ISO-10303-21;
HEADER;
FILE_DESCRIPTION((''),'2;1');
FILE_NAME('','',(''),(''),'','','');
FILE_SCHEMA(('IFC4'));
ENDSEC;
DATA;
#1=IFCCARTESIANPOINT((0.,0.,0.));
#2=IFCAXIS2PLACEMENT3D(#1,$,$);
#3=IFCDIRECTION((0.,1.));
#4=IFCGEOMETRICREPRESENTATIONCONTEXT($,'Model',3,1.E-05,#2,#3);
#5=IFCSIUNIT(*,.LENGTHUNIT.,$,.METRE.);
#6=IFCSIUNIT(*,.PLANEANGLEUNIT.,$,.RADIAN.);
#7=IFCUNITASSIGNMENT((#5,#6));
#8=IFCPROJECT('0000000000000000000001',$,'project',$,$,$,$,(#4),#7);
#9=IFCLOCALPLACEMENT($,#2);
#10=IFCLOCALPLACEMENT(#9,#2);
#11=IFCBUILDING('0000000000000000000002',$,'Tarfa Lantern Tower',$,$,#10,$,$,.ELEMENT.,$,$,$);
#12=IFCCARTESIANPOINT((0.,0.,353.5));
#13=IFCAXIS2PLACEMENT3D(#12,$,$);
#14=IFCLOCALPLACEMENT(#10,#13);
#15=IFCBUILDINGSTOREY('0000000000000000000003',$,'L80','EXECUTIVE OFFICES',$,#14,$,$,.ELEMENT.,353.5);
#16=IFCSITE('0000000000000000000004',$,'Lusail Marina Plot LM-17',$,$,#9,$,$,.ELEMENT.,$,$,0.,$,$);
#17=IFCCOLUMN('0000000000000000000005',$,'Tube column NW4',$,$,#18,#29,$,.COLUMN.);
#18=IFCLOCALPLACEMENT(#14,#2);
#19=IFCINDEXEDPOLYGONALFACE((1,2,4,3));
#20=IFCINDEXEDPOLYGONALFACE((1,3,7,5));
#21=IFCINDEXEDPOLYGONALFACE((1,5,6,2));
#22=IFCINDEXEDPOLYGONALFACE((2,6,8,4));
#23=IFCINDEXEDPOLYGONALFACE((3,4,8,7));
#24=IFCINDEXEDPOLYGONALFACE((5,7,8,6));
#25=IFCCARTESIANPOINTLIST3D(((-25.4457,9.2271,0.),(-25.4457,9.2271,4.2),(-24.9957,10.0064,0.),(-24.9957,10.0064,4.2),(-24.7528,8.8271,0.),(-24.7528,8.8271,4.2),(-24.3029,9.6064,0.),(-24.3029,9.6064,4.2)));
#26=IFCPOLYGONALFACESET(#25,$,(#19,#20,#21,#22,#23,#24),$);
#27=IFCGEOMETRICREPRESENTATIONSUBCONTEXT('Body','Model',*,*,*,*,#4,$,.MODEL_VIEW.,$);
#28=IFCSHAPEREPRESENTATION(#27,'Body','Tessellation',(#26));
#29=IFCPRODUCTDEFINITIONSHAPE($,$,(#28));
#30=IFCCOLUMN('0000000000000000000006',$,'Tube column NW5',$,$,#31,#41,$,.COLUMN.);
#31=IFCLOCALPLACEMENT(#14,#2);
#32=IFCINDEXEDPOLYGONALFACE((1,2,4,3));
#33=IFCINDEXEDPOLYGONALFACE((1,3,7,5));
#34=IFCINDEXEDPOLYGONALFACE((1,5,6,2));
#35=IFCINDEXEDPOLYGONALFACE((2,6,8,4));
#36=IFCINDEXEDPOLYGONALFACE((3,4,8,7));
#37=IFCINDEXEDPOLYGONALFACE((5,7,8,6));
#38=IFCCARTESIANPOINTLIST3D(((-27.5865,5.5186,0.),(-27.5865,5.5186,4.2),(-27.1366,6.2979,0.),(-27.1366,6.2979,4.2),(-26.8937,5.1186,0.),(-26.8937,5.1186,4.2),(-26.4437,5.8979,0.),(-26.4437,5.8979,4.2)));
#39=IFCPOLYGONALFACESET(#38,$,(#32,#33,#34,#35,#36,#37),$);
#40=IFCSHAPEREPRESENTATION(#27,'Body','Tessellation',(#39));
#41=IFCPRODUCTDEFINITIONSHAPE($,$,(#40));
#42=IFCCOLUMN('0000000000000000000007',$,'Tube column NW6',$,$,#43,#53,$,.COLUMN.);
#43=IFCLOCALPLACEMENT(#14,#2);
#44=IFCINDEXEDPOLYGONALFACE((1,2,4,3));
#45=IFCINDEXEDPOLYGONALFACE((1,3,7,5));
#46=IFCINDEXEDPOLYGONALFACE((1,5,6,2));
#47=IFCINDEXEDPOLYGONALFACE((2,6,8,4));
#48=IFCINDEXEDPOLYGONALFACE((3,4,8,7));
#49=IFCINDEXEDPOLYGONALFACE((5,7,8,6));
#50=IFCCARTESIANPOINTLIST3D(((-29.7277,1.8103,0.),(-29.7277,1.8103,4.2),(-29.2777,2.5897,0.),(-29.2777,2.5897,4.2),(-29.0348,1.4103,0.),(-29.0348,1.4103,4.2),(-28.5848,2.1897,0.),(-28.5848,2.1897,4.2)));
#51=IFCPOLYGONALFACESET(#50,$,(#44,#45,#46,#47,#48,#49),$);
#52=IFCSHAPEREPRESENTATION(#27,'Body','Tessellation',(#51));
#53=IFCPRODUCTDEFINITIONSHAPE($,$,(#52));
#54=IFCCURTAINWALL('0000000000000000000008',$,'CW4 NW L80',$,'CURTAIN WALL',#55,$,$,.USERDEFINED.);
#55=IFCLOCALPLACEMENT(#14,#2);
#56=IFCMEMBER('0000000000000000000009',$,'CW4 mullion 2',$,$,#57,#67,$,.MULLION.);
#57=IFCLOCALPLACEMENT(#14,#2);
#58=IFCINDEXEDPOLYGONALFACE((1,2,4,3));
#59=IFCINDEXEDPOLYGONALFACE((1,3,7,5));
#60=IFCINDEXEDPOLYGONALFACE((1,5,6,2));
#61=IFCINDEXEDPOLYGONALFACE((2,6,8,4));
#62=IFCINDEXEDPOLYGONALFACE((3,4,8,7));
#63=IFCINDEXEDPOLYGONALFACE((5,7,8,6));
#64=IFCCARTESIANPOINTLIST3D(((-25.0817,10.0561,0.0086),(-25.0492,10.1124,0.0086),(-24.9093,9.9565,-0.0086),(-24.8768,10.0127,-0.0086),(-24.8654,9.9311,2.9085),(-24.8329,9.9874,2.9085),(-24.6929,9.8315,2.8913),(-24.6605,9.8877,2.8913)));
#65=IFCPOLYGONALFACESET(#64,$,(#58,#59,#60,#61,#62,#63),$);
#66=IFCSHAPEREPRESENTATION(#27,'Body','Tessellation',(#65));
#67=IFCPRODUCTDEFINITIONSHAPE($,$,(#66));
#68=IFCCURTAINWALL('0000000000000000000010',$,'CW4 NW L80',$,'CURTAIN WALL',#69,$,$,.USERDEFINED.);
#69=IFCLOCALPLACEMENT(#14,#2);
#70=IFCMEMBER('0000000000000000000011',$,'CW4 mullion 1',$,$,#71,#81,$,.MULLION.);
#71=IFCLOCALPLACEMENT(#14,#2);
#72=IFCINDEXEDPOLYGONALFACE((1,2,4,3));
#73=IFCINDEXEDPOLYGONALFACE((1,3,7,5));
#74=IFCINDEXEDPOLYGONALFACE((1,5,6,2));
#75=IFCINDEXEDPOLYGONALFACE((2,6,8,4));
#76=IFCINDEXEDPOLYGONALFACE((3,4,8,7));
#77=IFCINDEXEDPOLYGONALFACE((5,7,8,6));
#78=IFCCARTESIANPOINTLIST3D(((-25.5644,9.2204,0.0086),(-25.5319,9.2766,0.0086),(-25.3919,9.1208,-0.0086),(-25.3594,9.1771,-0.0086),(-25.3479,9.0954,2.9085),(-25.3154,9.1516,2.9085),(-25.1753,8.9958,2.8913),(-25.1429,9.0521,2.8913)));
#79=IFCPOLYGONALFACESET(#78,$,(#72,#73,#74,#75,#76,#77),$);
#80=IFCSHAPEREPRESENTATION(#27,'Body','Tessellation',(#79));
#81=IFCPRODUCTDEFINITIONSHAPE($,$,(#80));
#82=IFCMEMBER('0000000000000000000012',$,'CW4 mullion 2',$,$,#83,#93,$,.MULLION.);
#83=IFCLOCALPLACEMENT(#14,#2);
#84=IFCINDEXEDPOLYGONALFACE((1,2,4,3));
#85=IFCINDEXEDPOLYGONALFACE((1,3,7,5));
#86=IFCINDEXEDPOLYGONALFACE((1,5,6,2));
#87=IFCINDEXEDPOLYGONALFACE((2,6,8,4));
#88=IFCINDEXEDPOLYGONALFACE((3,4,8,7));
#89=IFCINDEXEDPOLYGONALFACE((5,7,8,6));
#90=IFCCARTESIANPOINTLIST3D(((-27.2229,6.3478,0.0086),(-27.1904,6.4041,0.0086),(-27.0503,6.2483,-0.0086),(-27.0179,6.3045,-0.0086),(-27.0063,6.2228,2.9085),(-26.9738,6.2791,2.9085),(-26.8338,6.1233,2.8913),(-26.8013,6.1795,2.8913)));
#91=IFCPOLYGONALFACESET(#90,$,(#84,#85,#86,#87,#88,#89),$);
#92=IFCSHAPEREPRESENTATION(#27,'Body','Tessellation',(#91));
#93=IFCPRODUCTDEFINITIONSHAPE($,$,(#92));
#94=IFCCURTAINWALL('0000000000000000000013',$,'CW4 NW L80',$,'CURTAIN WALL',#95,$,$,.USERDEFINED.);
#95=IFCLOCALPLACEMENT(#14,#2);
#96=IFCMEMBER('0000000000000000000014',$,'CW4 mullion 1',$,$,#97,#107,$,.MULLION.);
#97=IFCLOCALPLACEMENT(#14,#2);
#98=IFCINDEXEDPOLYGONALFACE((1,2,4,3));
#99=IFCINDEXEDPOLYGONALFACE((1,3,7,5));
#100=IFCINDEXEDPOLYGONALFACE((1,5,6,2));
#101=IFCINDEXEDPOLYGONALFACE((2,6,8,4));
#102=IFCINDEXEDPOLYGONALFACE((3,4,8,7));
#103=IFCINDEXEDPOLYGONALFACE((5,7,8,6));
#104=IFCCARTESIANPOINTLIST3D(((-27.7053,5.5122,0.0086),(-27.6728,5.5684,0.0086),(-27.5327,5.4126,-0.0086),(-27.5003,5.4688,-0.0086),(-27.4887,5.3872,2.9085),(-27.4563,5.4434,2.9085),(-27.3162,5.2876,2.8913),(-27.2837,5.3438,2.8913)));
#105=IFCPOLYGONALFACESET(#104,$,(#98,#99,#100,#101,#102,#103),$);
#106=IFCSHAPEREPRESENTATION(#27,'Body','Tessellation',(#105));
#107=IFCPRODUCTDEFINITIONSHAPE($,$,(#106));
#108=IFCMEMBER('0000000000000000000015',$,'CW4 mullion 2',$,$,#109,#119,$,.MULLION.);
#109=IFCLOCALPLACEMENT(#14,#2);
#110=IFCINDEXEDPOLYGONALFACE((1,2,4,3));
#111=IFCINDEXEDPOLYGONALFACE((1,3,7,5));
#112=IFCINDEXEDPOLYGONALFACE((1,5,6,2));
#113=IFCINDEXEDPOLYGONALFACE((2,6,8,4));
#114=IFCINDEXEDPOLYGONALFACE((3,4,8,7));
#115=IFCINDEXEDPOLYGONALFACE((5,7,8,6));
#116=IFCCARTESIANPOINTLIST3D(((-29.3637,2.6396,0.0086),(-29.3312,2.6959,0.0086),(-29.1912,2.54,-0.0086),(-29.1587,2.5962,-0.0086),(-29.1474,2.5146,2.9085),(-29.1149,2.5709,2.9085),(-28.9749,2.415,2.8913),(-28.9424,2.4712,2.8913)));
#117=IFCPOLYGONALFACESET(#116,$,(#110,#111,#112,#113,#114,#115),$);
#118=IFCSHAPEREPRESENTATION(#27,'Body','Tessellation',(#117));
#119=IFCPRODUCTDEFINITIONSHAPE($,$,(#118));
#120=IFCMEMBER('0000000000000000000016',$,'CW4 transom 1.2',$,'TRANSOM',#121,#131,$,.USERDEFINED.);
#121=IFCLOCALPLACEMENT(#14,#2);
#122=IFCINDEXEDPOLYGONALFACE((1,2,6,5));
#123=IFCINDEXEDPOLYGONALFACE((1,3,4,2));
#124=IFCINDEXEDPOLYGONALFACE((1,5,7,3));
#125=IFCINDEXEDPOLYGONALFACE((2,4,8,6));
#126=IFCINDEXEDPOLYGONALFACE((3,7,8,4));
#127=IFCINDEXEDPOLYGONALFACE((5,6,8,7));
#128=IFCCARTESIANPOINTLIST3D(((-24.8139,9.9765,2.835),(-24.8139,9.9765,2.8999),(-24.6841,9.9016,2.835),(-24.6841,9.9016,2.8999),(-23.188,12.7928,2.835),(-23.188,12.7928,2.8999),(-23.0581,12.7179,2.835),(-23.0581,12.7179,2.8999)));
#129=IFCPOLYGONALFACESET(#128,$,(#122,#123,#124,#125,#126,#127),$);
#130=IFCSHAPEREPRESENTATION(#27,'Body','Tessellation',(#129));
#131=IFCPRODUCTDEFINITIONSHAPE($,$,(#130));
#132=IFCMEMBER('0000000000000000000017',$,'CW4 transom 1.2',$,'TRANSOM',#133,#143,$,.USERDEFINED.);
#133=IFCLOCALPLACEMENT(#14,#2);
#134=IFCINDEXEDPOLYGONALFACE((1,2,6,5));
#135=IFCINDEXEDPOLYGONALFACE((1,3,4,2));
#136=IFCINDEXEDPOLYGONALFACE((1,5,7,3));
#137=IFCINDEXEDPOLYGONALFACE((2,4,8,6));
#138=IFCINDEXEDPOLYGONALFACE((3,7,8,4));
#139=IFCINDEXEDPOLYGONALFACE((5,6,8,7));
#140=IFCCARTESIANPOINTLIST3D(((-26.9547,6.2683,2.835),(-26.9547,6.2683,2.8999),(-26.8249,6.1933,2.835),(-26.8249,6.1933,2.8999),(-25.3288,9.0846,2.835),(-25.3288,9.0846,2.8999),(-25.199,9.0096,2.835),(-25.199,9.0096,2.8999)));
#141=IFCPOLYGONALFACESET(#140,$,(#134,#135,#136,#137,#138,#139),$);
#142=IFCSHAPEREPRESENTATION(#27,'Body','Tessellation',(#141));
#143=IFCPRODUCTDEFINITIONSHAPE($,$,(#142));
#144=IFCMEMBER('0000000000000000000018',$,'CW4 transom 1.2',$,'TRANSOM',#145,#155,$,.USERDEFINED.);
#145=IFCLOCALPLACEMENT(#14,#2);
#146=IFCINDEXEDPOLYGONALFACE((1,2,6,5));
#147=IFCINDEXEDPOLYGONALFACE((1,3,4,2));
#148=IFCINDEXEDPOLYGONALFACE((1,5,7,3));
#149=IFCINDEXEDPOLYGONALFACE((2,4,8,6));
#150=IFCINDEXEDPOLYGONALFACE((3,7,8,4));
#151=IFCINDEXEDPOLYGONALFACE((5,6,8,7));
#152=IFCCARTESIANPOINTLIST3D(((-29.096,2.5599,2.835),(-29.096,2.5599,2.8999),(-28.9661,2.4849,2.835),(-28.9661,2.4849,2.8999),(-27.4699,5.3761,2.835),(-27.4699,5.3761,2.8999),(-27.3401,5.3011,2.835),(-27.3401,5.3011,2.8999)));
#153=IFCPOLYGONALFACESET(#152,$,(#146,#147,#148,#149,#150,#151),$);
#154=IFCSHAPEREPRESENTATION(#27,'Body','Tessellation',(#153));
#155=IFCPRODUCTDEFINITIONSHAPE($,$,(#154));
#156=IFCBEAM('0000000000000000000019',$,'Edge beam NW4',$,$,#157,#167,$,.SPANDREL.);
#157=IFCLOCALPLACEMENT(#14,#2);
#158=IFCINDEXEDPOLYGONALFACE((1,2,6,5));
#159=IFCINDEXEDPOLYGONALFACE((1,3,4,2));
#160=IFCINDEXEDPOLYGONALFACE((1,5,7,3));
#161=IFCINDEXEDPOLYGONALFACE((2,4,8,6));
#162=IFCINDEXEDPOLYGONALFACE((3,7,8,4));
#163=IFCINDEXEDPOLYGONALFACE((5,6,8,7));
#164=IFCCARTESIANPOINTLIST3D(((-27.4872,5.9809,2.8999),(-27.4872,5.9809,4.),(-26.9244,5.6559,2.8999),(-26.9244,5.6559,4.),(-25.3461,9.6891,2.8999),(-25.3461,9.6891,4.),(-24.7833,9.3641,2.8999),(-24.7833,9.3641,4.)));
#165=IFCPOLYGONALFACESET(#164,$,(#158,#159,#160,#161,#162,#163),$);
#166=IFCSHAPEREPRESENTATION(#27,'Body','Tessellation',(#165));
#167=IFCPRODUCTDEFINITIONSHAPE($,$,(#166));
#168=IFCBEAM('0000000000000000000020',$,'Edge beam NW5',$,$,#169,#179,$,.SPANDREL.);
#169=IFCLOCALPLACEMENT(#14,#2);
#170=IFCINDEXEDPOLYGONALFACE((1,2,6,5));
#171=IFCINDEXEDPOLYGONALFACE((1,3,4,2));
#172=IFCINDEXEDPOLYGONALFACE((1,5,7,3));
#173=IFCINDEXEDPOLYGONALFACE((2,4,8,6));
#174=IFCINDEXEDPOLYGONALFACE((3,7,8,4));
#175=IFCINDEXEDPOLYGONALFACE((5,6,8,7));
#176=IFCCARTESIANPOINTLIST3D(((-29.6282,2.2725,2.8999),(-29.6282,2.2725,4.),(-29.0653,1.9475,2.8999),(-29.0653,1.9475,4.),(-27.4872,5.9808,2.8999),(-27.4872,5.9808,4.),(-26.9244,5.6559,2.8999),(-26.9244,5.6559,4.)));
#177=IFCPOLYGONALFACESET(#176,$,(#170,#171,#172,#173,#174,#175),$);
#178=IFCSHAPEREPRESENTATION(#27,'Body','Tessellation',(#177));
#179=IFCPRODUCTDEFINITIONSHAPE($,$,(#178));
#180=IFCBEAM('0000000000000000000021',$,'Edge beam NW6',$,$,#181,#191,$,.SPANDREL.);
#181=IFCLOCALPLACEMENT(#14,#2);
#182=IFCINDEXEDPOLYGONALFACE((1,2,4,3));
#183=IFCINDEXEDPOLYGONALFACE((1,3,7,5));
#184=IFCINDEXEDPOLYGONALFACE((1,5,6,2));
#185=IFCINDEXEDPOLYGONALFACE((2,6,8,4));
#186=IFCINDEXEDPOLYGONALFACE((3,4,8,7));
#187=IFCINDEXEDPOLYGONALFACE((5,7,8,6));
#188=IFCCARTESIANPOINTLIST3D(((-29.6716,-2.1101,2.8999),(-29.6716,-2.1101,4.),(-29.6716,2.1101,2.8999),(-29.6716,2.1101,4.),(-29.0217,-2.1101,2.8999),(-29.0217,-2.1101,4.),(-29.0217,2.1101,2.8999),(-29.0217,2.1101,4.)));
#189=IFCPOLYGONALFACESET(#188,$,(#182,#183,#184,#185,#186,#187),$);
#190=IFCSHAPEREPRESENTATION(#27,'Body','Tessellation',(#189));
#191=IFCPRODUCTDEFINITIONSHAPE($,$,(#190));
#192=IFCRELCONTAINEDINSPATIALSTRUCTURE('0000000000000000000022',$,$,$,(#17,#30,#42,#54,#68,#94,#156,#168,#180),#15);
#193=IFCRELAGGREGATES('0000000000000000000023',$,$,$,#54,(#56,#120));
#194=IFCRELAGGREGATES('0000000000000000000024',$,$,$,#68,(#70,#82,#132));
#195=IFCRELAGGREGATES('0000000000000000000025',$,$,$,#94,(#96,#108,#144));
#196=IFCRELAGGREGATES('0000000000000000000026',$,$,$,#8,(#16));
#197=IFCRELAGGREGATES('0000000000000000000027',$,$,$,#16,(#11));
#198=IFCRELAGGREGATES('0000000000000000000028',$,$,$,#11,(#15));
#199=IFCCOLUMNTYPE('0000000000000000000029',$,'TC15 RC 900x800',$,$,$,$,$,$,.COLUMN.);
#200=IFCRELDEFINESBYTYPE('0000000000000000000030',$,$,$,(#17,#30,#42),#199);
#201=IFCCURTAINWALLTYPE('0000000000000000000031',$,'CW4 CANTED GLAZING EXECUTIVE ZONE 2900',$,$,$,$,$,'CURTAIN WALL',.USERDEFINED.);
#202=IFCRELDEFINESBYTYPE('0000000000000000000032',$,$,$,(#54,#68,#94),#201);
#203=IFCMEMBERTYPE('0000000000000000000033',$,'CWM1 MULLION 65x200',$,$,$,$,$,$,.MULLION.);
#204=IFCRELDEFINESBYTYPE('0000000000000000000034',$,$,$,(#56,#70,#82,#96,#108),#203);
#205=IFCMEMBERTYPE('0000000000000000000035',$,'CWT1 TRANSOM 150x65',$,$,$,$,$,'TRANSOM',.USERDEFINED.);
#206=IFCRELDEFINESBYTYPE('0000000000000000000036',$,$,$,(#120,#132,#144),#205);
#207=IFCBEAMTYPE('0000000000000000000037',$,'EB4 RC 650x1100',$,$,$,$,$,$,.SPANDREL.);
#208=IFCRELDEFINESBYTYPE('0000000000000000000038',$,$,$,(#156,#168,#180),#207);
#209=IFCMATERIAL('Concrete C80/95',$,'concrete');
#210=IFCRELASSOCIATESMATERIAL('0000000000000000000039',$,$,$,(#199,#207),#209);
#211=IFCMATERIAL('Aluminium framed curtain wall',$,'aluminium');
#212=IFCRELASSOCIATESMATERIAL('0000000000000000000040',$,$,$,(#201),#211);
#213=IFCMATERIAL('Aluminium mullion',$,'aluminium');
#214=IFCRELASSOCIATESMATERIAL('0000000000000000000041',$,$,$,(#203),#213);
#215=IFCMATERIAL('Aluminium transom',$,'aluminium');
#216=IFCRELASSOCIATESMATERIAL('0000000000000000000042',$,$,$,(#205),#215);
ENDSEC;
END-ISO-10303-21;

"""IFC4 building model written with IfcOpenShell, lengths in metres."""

from ifc_helpers import new_model, si_unit, direction, frame, origin, origin_2d, place, context, subcontext, project, spatial, rectangle, extrude, material, material_profile, profile_set, type_object, element, aggregate, save


model = new_model("IFC4")

# Units and contexts
model_context = context("Model", 3, precision=1e-05, world=origin(), true_north=direction((0.0, 1.0)))
body_context = subcontext(model_context, "Body", "Model", "MODEL_VIEW")
ifc_project = project(units=[si_unit("LENGTHUNIT", "METRE"), si_unit("PLANEANGLEUNIT", "RADIAN")], contexts=[model_context])

# Site, building, storey
site_placement = place(None, origin())
site = spatial("IfcSite", under=ifc_project, at=site_placement, Name="Lusail Marina Plot LM-17", CompositionType="ELEMENT", RefElevation=0.0)
building_placement = place(site_placement, origin())
building = spatial("IfcBuilding", under=site, at=building_placement, Name="Tarfa Lantern Tower", CompositionType="ELEMENT")
storey_placement = place(building_placement, frame((0.0, 0.0, 353.5)))
storey = spatial("IfcBuildingStorey", under=building, at=storey_placement, Name="L80", Description="EXECUTIVE OFFICES", CompositionType="ELEMENT", Elevation=353.5)

# Columns
ifc_material_1 = material(Name="Concrete C80/95", Category="concrete")
ifc_material_profile_1 = material_profile(ifc_material_1, rectangle(XDim=0.8999, YDim=0.8, at=origin_2d()), Name="RC 900x800")
ifc_profile_set_1 = profile_set([ifc_material_profile_1], Name="Concrete C80/95")
column_type = type_object("IfcColumnType", Name="TC15 RC 900x800", PredefinedType="COLUMN", material=ifc_profile_set_1)
for number, where, z_axis, x_axis, name in (
    (1, (-24.8743, 9.4167, 0.0), (0.0, 0.0, 1.0), (-0.5, -0.866025, 0.0), "Tube column NW4"),
    (2, (-27.0151, 5.7083, 0.0), (0.0, 0.0, 1.0), (-0.5, -0.866025, 0.0), "Tube column NW5"),
    (3, (-29.1562, 2.0, 0.0), (0.0, 0.0, 1.0), (-0.5, -0.866025, 0.0), "Tube column NW6"),
):
    element("IfcColumn", number, at=place(storey_placement, frame(where, z_axis=z_axis, x_axis=x_axis)), inside=storey, type_object=column_type, Name=name, PredefinedType="COLUMN", context=body_context, shape_type="SweptSolid", body=[
        extrude(rectangle(XDim=0.8999, YDim=0.8, at=origin_2d()), origin(), (0.0, 0.0, 1.0), 4.2),
    ])

# Curtain wall, member
ifc_material_2 = material(Name="Aluminium framed curtain wall", Category="aluminium")
curtain_wall_type = type_object("IfcCurtainWallType", Name="CW4 CANTED GLAZING EXECUTIVE ZONE 2900", ElementType="CURTAIN WALL", PredefinedType="USERDEFINED", material=ifc_material_2)
curtain_wall_1_placement = place(storey_placement, origin())
curtain_wall_1 = element("IfcCurtainWall", 4, at=curtain_wall_1_placement, inside=storey, type_object=curtain_wall_type, Name="CW4 NW L80", ObjectType="CURTAIN WALL", PredefinedType="USERDEFINED")
ifc_material_3 = material(Name="Aluminium mullion", Category="aluminium")
ifc_material_profile_2 = material_profile(ifc_material_3, rectangle(XDim=0.0649, YDim=0.2, at=origin_2d()), Name="AL MULLION 65x200")
ifc_profile_set_2 = profile_set([ifc_material_profile_2], Name="Aluminium mullion")
member_type_1 = type_object("IfcMemberType", Name="CWM1 MULLION 65x200", PredefinedType="MULLION", material=ifc_profile_set_2)
member_1_placement = place(storey_placement, frame((-24.9792, 10.0344, 0.0), z_axis=(0.074316, -0.042946, 0.99631), x_axis=(0.500343, 0.865827, 0.0)))
member_1 = element("IfcMember", 5, at=member_1_placement, type_object=member_type_1, Name="CW4 mullion 2", PredefinedType="MULLION", context=body_context, shape_type="SweptSolid", body=[
    extrude(rectangle(XDim=0.0649, YDim=0.2, at=origin_2d()), origin(), (0.0, 0.0, 1.0), 2.9106),
])

# Curtain walls, members
curtain_wall_2_placement = place(storey_placement, origin())
curtain_wall_2 = element("IfcCurtainWall", 6, at=curtain_wall_2_placement, inside=storey, type_object=curtain_wall_type, Name="CW4 NW L80", ObjectType="CURTAIN WALL", PredefinedType="USERDEFINED")
member_2_placement = place(storey_placement, frame((-25.4619, 9.1987, 0.0), z_axis=(0.0744, -0.042946, 0.996303), x_axis=(0.49992, 0.866072, 0.0)))
member_2 = element("IfcMember", 7, at=member_2_placement, type_object=member_type_1, Name="CW4 mullion 1", PredefinedType="MULLION", context=body_context, shape_type="SweptSolid", body=[
    extrude(rectangle(XDim=0.0649, YDim=0.2, at=origin_2d()), origin(), (0.0, 0.0, 1.0), 2.9106),
])
member_3_placement = place(storey_placement, frame((-27.1204, 6.3262, 0.0), z_axis=(0.0744, -0.042946, 0.996303), x_axis=(0.49992, 0.866072, 0.0)))
member_3 = element("IfcMember", 8, at=member_3_placement, type_object=member_type_1, Name="CW4 mullion 2", PredefinedType="MULLION", context=body_context, shape_type="SweptSolid", body=[
    extrude(rectangle(XDim=0.0649, YDim=0.2, at=origin_2d()), origin(), (0.0, 0.0, 1.0), 2.9106),
])
curtain_wall_3_placement = place(storey_placement, origin())
curtain_wall_3 = element("IfcCurtainWall", 9, at=curtain_wall_3_placement, inside=storey, type_object=curtain_wall_type, Name="CW4 NW L80", ObjectType="CURTAIN WALL", PredefinedType="USERDEFINED")
member_4_placement = place(storey_placement, frame((-27.6028, 5.4905, 0.0), z_axis=(0.0744, -0.042946, 0.996303), x_axis=(0.49992, 0.866072, 0.0)))
member_4 = element("IfcMember", 10, at=member_4_placement, type_object=member_type_1, Name="CW4 mullion 1", PredefinedType="MULLION", context=body_context, shape_type="SweptSolid", body=[
    extrude(rectangle(XDim=0.0649, YDim=0.2, at=origin_2d()), origin(), (0.0, 0.0, 1.0), 2.9106),
])
member_5_placement = place(storey_placement, frame((-29.2612, 2.6179, 0.0), z_axis=(0.074316, -0.042946, 0.99631), x_axis=(0.500343, 0.865827, 0.0)))
member_5 = element("IfcMember", 11, at=member_5_placement, type_object=member_type_1, Name="CW4 mullion 2", PredefinedType="MULLION", context=body_context, shape_type="SweptSolid", body=[
    extrude(rectangle(XDim=0.0649, YDim=0.2, at=origin_2d()), origin(), (0.0, 0.0, 1.0), 2.9106),
])

# Members
ifc_material_4 = material(Name="Aluminium transom", Category="aluminium")
ifc_material_profile_3 = material_profile(ifc_material_4, rectangle(XDim=0.1499, YDim=0.0649, at=origin_2d()), Name="AL TRANSOM 150x65")
ifc_profile_set_3 = profile_set([ifc_material_profile_3], Name="Aluminium transom")
member_type_2 = type_object("IfcMemberType", Name="CWT1 TRANSOM 150x65", ElementType="TRANSOM", PredefinedType="USERDEFINED", material=ifc_profile_set_3)
member_6_placement = place(storey_placement, frame((-23.123, 12.7554, 2.8674), z_axis=(-0.499982, -0.866036, 0.0), x_axis=(0.866036, -0.499982, 0.0)))
member_6 = element("IfcMember", 12, at=member_6_placement, type_object=member_type_2, Name="CW4 transom 1.2", ObjectType="TRANSOM", PredefinedType="USERDEFINED", context=body_context, shape_type="SweptSolid", body=[
    extrude(rectangle(XDim=0.1499, YDim=0.0649, at=origin_2d()), origin(), (0.0, 0.0, 1.0), 3.252),
])
member_7_placement = place(storey_placement, frame((-25.2639, 9.0471, 2.8674), z_axis=(-0.499982, -0.866036, 0.0), x_axis=(0.866036, -0.499982, 0.0)))
member_7 = element("IfcMember", 13, at=member_7_placement, type_object=member_type_2, Name="CW4 transom 1.2", ObjectType="TRANSOM", PredefinedType="USERDEFINED", context=body_context, shape_type="SweptSolid", body=[
    extrude(rectangle(XDim=0.1499, YDim=0.0649, at=origin_2d()), origin(), (0.0, 0.0, 1.0), 3.252),
])
member_8_placement = place(storey_placement, frame((-27.405, 5.3386, 2.8674), z_axis=(-0.500015, -0.866017, 0.0), x_axis=(0.866017, -0.500015, 0.0)))
member_8 = element("IfcMember", 14, at=member_8_placement, type_object=member_type_2, Name="CW4 transom 1.2", ObjectType="TRANSOM", PredefinedType="USERDEFINED", context=body_context, shape_type="SweptSolid", body=[
    extrude(rectangle(XDim=0.1499, YDim=0.0649, at=origin_2d()), origin(), (0.0, 0.0, 1.0), 3.252),
])

# Beams
ifc_material_profile_4 = material_profile(ifc_material_1, rectangle(XDim=0.6499, YDim=1.1001, at=origin_2d()), Name="RC 650x1100")
ifc_profile_set_4 = profile_set([ifc_material_profile_4], Name="Concrete C80/95")
beam_type_1 = type_object("IfcBeamType", Name="EB4 RC 650x1100", PredefinedType="SPANDREL", material=ifc_profile_set_4)
for number, where, z_axis, x_axis, name in (
    (15, (-25.0647, 9.5266, 3.45), (-0.500027, -0.86601, 0.0), (0.86601, -0.500027, 0.0), "Edge beam NW4"),
    (16, (-27.2058, 5.8184, 3.45), (-0.499984, -0.866035, 0.0), (0.866035, -0.499984, 0.0), "Edge beam NW5"),
):
    element("IfcBeam", number, at=place(storey_placement, frame(where, z_axis=z_axis, x_axis=x_axis)), inside=storey, type_object=beam_type_1, Name=name, PredefinedType="SPANDREL", context=body_context, shape_type="SweptSolid", body=[
        extrude(rectangle(XDim=0.6499, YDim=1.1001, at=origin_2d()), origin(), (0.0, 0.0, 1.0), 4.282),
    ])
beam_1_placement = place(storey_placement, frame((-29.3467, 2.1101, 3.45), z_axis=(0.0, -1.0, 0.0), x_axis=(1.0, 0.0, 0.0)))
element("IfcBeam", 17, at=beam_1_placement, inside=storey, type_object=beam_type_1, Name="Edge beam NW6", PredefinedType="SPANDREL", context=body_context, shape_type="SweptSolid", body=[
    extrude(rectangle(XDim=0.6499, YDim=1.1001, at=origin_2d()), origin(), (0.0, 0.0, 1.0), 4.2202),
])

aggregate(curtain_wall_1, [member_1, member_6])
aggregate(curtain_wall_2, [member_2, member_3, member_7])
aggregate(curtain_wall_3, [member_4, member_5, member_8])

save(model, "model.ifc")
